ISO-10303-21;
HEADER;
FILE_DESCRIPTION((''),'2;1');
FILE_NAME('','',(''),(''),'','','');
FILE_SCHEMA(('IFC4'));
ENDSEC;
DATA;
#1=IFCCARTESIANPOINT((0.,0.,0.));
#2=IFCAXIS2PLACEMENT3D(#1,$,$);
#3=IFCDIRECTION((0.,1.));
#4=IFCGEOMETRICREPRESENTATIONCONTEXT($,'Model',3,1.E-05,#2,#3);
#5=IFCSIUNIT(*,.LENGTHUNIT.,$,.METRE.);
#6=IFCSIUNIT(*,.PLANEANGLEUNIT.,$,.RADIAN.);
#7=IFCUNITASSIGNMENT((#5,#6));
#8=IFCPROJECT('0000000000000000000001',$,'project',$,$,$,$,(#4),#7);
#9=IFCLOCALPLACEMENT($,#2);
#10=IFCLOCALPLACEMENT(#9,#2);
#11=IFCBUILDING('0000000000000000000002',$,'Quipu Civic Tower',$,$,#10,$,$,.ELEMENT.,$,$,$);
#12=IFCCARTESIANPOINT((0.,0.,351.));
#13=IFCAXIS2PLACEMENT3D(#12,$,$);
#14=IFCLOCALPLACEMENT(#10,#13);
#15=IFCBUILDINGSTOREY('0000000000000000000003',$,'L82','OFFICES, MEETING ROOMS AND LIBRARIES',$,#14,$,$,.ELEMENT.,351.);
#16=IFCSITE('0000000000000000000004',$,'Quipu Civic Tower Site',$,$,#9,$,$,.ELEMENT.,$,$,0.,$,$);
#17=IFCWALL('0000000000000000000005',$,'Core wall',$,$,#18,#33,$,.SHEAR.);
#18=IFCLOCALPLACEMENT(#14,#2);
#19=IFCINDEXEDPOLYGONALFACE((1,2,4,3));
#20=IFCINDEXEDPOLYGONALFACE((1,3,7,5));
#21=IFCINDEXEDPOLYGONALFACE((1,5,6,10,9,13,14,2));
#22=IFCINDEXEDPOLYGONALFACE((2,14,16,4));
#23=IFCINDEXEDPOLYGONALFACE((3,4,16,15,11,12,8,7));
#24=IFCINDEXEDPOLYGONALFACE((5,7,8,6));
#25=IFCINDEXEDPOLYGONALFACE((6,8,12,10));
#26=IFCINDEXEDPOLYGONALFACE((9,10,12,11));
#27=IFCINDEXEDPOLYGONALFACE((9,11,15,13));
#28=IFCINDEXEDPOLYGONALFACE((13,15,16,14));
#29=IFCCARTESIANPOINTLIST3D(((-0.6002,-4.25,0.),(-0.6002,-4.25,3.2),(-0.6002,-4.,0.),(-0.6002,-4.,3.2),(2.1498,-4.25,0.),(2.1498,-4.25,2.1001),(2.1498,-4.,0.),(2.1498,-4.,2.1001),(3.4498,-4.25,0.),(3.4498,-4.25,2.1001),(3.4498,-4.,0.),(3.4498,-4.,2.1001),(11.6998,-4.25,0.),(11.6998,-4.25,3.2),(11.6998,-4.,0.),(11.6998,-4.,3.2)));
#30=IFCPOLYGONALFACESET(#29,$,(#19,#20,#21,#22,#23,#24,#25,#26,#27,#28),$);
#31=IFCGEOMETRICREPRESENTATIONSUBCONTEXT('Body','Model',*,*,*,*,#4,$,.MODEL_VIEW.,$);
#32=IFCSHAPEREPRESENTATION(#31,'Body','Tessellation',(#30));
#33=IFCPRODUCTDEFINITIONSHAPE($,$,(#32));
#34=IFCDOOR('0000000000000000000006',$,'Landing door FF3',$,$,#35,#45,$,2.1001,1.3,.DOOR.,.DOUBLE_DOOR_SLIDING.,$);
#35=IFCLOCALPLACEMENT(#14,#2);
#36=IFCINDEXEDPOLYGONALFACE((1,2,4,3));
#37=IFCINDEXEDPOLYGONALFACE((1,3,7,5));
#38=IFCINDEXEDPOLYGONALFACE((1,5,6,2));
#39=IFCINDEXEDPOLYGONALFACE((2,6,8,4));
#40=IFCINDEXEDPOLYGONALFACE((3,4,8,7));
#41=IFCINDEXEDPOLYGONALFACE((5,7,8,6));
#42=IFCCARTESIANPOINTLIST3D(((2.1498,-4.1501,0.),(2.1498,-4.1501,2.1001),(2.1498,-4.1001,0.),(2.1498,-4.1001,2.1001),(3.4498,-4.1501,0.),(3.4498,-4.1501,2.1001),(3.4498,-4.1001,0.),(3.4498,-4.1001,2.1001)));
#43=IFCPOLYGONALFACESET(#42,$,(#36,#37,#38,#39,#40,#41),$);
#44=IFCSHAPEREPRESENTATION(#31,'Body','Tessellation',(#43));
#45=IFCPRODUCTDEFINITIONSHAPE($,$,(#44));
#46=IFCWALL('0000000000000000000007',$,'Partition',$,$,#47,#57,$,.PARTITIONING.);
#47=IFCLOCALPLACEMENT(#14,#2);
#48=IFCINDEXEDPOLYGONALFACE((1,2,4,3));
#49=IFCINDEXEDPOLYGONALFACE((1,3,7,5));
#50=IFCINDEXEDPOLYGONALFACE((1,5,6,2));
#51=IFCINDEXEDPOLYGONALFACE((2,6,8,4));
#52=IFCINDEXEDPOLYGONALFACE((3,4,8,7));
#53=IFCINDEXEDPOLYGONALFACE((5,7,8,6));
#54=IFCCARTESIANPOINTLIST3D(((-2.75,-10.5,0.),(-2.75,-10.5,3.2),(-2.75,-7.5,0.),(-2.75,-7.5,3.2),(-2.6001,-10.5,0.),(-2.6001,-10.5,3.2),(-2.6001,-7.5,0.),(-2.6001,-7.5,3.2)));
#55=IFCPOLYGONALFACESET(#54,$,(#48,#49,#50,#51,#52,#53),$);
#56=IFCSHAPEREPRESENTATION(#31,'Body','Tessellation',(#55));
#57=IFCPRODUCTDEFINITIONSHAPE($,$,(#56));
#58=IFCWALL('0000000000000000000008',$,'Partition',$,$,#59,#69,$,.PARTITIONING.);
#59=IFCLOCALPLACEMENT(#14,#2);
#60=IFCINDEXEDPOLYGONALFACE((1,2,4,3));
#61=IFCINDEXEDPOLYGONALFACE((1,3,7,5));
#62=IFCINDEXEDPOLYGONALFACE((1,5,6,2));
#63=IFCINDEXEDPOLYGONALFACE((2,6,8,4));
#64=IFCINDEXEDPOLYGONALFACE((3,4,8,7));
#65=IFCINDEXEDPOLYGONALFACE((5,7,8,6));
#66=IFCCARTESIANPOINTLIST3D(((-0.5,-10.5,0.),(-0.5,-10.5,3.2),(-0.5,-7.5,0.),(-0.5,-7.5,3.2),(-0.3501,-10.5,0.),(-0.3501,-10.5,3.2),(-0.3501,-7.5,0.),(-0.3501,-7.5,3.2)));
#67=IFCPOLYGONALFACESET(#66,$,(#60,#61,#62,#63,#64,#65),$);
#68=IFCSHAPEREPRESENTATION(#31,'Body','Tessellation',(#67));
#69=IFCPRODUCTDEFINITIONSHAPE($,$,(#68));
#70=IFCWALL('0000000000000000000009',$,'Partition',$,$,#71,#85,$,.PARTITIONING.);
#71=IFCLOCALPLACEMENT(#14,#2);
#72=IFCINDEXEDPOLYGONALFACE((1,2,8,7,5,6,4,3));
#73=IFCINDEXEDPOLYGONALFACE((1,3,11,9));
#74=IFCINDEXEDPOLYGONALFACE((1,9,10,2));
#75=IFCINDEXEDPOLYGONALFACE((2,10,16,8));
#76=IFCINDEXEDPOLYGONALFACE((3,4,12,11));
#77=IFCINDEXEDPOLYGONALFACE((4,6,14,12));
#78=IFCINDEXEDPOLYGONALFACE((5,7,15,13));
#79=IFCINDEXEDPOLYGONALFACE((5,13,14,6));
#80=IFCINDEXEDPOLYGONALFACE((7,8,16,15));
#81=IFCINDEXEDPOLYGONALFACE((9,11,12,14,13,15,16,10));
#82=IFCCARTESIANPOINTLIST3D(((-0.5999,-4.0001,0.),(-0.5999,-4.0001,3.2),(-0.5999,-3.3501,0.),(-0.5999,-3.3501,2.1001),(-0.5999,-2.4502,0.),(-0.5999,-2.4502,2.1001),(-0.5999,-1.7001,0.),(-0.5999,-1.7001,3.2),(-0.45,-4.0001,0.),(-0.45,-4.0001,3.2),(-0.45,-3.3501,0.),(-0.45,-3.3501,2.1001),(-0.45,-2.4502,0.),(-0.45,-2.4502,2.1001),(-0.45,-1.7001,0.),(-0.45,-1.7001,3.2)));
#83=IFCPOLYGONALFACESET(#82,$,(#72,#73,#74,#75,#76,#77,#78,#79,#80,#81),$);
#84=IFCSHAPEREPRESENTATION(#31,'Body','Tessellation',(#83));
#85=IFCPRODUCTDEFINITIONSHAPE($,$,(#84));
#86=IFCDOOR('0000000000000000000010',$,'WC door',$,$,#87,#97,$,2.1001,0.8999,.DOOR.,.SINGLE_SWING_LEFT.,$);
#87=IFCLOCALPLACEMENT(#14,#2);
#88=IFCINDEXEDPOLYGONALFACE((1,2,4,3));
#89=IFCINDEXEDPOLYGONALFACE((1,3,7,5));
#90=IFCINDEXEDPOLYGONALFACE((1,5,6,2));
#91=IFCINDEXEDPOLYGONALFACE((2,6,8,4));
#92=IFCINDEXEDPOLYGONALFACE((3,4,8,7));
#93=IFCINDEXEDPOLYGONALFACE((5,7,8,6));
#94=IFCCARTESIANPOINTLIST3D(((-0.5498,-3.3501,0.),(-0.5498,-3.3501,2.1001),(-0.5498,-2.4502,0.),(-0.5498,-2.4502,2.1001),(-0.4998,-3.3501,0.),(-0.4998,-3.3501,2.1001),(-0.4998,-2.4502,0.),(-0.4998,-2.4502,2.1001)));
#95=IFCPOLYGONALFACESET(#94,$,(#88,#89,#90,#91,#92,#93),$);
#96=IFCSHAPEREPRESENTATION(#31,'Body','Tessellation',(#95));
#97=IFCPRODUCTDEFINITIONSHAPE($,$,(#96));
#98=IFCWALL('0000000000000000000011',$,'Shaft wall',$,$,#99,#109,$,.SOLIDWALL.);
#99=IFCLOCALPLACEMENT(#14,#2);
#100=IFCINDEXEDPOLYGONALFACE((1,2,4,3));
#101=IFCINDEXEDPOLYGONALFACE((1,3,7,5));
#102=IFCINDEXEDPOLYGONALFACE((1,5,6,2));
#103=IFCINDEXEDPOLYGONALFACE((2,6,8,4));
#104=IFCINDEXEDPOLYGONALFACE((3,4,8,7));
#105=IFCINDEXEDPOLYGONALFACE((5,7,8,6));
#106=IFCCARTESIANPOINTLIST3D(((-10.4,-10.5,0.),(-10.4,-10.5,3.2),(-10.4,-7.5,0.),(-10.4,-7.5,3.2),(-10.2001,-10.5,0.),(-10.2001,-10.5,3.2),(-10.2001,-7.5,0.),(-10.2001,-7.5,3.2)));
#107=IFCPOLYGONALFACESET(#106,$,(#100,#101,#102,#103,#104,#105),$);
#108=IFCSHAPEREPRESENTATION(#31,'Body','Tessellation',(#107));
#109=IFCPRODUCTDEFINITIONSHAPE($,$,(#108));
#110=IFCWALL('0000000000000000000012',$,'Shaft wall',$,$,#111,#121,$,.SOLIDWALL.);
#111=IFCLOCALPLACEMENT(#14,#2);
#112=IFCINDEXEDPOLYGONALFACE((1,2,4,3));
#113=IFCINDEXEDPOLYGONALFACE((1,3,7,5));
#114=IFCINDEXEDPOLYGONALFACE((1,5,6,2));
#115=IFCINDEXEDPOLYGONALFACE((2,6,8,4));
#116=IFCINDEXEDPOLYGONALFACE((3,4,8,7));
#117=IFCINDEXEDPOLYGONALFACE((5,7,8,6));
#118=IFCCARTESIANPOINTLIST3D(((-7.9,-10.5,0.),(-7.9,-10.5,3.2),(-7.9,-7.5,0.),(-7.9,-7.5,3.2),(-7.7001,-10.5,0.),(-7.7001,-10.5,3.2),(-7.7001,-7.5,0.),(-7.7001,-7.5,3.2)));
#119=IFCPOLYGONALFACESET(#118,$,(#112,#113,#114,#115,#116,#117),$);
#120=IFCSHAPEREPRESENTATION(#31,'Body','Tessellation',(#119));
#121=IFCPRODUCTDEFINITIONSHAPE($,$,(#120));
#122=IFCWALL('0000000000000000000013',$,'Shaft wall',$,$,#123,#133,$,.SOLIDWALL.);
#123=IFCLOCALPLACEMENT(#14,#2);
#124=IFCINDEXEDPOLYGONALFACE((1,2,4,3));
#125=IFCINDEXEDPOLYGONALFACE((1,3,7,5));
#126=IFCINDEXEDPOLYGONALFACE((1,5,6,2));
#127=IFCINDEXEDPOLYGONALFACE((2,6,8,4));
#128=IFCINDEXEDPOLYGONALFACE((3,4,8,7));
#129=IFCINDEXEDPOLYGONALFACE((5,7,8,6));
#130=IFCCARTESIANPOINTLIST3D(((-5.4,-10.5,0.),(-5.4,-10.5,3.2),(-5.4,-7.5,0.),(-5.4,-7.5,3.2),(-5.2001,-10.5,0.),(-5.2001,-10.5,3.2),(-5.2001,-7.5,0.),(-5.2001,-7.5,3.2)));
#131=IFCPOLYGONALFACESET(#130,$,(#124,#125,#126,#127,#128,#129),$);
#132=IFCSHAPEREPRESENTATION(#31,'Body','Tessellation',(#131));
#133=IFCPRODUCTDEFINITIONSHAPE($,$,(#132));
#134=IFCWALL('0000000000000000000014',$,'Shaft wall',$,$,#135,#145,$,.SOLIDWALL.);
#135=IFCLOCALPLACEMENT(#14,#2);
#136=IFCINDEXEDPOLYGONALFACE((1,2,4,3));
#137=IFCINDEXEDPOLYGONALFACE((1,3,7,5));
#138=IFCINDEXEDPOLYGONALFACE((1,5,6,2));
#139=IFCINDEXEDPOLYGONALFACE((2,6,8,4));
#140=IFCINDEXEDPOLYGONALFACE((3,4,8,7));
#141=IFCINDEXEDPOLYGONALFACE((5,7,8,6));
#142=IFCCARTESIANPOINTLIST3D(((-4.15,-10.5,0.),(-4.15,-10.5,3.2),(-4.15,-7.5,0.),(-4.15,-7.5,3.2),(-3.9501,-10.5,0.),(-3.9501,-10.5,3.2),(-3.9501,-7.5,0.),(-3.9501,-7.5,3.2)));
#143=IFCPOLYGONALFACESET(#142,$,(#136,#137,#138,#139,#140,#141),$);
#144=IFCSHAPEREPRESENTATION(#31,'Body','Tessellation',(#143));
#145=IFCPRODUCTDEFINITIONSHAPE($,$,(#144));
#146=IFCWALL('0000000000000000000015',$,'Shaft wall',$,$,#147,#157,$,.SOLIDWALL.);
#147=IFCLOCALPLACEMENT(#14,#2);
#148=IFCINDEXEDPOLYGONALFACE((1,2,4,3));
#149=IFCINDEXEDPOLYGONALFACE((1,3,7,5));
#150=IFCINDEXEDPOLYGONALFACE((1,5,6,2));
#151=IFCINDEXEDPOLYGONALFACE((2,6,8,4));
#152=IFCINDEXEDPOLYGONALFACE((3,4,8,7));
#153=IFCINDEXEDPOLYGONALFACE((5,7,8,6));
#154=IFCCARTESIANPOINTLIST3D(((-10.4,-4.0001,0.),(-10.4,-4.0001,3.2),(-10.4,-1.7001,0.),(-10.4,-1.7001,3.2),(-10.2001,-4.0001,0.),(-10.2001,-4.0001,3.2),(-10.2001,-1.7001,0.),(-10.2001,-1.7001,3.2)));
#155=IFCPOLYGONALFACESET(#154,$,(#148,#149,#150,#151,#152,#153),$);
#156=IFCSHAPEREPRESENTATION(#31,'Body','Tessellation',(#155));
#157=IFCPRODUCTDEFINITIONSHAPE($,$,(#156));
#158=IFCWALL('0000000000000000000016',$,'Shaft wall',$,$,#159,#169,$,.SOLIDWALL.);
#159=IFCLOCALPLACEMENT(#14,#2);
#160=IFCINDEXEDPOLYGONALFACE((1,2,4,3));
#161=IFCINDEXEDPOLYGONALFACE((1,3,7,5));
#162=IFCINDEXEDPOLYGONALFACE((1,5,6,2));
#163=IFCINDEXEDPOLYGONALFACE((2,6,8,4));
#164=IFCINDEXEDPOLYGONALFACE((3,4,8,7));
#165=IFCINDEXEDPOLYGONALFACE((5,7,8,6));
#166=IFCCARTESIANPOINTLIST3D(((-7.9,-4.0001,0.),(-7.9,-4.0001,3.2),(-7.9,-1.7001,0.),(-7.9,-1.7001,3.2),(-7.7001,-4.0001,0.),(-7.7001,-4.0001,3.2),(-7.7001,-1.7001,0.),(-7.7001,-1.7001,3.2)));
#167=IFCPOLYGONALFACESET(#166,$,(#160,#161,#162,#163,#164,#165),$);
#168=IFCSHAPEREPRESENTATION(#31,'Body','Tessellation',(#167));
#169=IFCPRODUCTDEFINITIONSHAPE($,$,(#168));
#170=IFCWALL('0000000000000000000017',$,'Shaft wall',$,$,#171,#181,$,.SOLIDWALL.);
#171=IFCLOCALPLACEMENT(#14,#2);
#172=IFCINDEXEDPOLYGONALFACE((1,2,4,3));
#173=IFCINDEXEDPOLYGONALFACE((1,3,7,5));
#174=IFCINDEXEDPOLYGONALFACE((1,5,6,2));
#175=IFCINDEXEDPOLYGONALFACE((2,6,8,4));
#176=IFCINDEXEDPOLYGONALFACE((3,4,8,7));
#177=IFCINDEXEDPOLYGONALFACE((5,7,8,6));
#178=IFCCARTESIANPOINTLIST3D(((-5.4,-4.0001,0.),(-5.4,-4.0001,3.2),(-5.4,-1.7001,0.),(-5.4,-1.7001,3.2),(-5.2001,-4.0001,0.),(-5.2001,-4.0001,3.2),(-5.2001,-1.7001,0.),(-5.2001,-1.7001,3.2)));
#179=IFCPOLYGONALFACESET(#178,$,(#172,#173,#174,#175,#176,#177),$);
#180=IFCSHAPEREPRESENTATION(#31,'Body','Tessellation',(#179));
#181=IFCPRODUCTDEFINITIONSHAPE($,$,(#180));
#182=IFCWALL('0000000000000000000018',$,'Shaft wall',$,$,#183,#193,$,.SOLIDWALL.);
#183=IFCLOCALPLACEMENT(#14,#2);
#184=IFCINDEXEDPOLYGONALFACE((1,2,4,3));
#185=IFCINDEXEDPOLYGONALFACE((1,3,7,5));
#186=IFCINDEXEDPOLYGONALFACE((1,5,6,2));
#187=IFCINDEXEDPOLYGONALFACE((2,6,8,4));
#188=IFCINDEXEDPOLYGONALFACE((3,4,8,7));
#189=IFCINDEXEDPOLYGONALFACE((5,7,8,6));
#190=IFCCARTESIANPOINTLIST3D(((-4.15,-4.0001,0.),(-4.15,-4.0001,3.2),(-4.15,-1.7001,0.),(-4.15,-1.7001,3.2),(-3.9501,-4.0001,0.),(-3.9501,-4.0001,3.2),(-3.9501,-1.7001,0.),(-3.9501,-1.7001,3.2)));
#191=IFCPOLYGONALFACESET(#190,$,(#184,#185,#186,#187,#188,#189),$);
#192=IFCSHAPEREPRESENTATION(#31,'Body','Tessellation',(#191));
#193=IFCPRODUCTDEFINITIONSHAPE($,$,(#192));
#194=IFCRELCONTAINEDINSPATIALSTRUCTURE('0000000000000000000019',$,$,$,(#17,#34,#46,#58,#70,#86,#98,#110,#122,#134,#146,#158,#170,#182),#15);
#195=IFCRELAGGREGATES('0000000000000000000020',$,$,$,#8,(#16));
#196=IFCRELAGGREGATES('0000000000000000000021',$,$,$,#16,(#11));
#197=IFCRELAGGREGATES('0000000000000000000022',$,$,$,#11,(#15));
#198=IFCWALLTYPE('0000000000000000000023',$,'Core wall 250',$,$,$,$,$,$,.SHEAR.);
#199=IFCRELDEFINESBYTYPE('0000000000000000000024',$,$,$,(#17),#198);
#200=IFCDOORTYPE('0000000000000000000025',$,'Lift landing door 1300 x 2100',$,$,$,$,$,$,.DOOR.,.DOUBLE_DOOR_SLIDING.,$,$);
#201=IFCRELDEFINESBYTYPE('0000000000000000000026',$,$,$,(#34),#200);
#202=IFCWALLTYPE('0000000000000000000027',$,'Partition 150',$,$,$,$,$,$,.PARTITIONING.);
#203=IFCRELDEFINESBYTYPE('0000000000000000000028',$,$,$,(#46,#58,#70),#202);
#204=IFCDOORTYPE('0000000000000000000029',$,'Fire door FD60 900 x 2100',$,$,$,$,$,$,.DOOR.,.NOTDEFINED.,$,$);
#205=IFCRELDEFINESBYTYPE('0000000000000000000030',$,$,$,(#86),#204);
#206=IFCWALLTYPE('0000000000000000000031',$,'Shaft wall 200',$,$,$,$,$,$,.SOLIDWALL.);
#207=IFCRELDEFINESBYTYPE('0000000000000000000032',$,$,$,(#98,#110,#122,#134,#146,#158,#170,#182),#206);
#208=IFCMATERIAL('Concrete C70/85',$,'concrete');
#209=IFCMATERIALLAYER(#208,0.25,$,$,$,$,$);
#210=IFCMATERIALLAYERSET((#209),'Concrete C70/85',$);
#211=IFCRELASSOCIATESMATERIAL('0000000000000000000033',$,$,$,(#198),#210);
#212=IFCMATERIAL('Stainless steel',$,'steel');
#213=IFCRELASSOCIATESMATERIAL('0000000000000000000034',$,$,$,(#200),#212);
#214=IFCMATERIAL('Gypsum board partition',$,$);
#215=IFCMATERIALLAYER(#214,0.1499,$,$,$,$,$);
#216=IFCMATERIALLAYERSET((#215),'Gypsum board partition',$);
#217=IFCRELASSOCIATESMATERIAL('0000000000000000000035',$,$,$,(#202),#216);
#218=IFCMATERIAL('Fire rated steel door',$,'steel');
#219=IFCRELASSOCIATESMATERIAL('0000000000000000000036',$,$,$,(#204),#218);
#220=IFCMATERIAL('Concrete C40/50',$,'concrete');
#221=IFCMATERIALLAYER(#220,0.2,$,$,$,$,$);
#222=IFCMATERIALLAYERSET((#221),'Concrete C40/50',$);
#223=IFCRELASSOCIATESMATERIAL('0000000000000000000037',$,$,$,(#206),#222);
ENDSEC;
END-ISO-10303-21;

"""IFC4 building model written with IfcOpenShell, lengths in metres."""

from ifc_helpers import new_model, si_unit, direction, frame, frame_2d, origin, place, context, subcontext, project, spatial, rectangle, extrude, material, layer, layer_set, type_object, element, fill, save


model = new_model("IFC4")

# Units and contexts
model_context = context("Model", 3, precision=1e-05, world=origin(), true_north=direction((0.0, 1.0)))
body_context = subcontext(model_context, "Body", "Model", "MODEL_VIEW")
ifc_project = project(units=[si_unit("LENGTHUNIT", "METRE"), si_unit("PLANEANGLEUNIT", "RADIAN")], contexts=[model_context])

# Site, building, storey
site_placement = place(None, origin())
site = spatial("IfcSite", under=ifc_project, at=site_placement, Name="Quipu Civic Tower Site", CompositionType="ELEMENT", RefElevation=0.0)
building_placement = place(site_placement, origin())
building = spatial("IfcBuilding", under=site, at=building_placement, Name="Quipu Civic Tower", CompositionType="ELEMENT")
storey_placement = place(building_placement, frame((0.0, 0.0, 351.0)))
storey = spatial("IfcBuildingStorey", under=building, at=storey_placement, Name="L82", Description="OFFICES, MEETING ROOMS AND LIBRARIES", CompositionType="ELEMENT", Elevation=351.0)

# Wall, opening, door
ifc_material_1 = material(Name="Concrete C70/85", Category="concrete")
ifc_layer_1 = layer(ifc_material_1, 0.25)
ifc_layer_set_1 = layer_set([ifc_layer_1], Name="Concrete C70/85")
wall_type_1 = type_object("IfcWallType", Name="Core wall 250", PredefinedType="SHEAR", material=ifc_layer_set_1)
wall_1_placement = place(storey_placement, frame((-0.6001, -4.125, 0.0), z_axis=(0.0, 0.0, 1.0), x_axis=(1.0, 0.0, 0.0)))
wall_1 = element("IfcWall", 1, at=wall_1_placement, inside=storey, type_object=wall_type_1, Name="Core wall", PredefinedType="SHEAR", context=body_context, shape_type="SweptSolid", body=[
    extrude(rectangle(XDim=12.3, YDim=0.25, at=frame_2d((6.1499, 0.0))), origin(), (0.0, 0.0, 1.0), 3.2),
])
opening_1_placement = place(wall_1_placement, frame((2.75, 0.0, 0.0)))
opening_1 = element("IfcOpeningElement", 2, at=opening_1_placement, cuts=wall_1, PredefinedType="OPENING", context=body_context, shape_type="SweptSolid", body=[
    extrude(rectangle(XDim=1.3, YDim=2.1001, at=frame_2d((0.6499, 1.05))), frame((0.0, 0.135, 0.0), z_axis=(0.0, -1.0, 0.0), x_axis=(1.0, 0.0, 0.0)), (0.0, 0.0, 1.0), 0.27),
])
ifc_material_2 = material(Name="Stainless steel", Category="steel")
door_type_1 = type_object("IfcDoorType", Name="Lift landing door 1300 x 2100", OperationType="DOUBLE_DOOR_SLIDING", PredefinedType="DOOR", material=ifc_material_2)
door_1_placement = place(opening_1_placement, origin())
door_1 = element("IfcDoor", 3, at=door_1_placement, inside=storey, type_object=door_type_1, Name="Landing door FF3", OperationType="DOUBLE_DOOR_SLIDING", OverallHeight=2.1001, OverallWidth=1.3, PredefinedType="DOOR", context=body_context, shape_type="SweptSolid", body=[
    extrude(rectangle(XDim=1.3, YDim=2.1001, at=frame_2d((0.6499, 1.05))), frame((0.0, 0.0249, 0.0), z_axis=(0.0, -1.0, 0.0), x_axis=(1.0, 0.0, 0.0)), (0.0, 0.0, 1.0), 0.05),
])
fill(opening_1, door_1)

# Walls
ifc_material_3 = material(Name="Gypsum board partition")
ifc_layer_2 = layer(ifc_material_3, 0.1499)
ifc_layer_set_2 = layer_set([ifc_layer_2], Name="Gypsum board partition")
wall_type_2 = type_object("IfcWallType", Name="Partition 150", PredefinedType="PARTITIONING", material=ifc_layer_set_2)
for number, where, z_axis, x_axis, name in (
    (4, (-2.675, -10.5, 0.0), (0.0, 0.0, 1.0), (0.0, 1.0, 0.0), "Partition"),
    (5, (-0.425, -10.5, 0.0), (0.0, 0.0, 1.0), (0.0, 1.0, 0.0), "Partition"),
):
    element("IfcWall", number, at=place(storey_placement, frame(where, z_axis=z_axis, x_axis=x_axis)), inside=storey, type_object=wall_type_2, Name=name, PredefinedType="PARTITIONING", context=body_context, shape_type="SweptSolid", body=[
        extrude(rectangle(XDim=3.0, YDim=0.1499, at=frame_2d((1.5, 0.0))), origin(), (0.0, 0.0, 1.0), 3.2),
    ])

# Wall, opening, door
wall_2_placement = place(storey_placement, frame((-0.5249, -4.0, 0.0), z_axis=(0.0, 0.0, 1.0), x_axis=(0.0, 1.0, 0.0)))
wall_2 = element("IfcWall", 6, at=wall_2_placement, inside=storey, type_object=wall_type_2, Name="Partition", PredefinedType="PARTITIONING", context=body_context, shape_type="SweptSolid", body=[
    extrude(rectangle(XDim=2.3, YDim=0.1499, at=frame_2d((1.1499, 0.0))), origin(), (0.0, 0.0, 1.0), 3.2),
])
opening_2_placement = place(wall_2_placement, frame((0.6499, 0.0, 0.0)))
opening_2 = element("IfcOpeningElement", 7, at=opening_2_placement, cuts=wall_2, PredefinedType="OPENING", context=body_context, shape_type="SweptSolid", body=[
    extrude(rectangle(XDim=0.8999, YDim=2.1001, at=frame_2d((0.45, 1.05))), frame((0.0, 0.085, 0.0), z_axis=(0.0, -1.0, 0.0), x_axis=(1.0, 0.0, 0.0)), (0.0, 0.0, 1.0), 0.1699),
])
ifc_material_4 = material(Name="Fire rated steel door", Category="steel")
door_type_2 = type_object("IfcDoorType", Name="Fire door FD60 900 x 2100", OperationType="NOTDEFINED", PredefinedType="DOOR", material=ifc_material_4)
door_2_placement = place(opening_2_placement, origin())
door_2 = element("IfcDoor", 8, at=door_2_placement, inside=storey, type_object=door_type_2, Name="WC door", OperationType="SINGLE_SWING_LEFT", OverallHeight=2.1001, OverallWidth=0.8999, PredefinedType="DOOR", context=body_context, shape_type="SweptSolid", body=[
    extrude(rectangle(XDim=0.8999, YDim=2.1001, at=frame_2d((0.45, 1.05))), frame((0.0, 0.0249, 0.0), z_axis=(0.0, -1.0, 0.0), x_axis=(1.0, 0.0, 0.0)), (0.0, 0.0, 1.0), 0.05),
])
fill(opening_2, door_2)

# Walls
ifc_material_5 = material(Name="Concrete C40/50", Category="concrete")
ifc_layer_3 = layer(ifc_material_5, 0.2)
ifc_layer_set_3 = layer_set([ifc_layer_3], Name="Concrete C40/50")
wall_type_3 = type_object("IfcWallType", Name="Shaft wall 200", PredefinedType="SOLIDWALL", material=ifc_layer_set_3)
for number, where, z_axis, x_axis, name in (
    (9, (-10.3, -10.5, 0.0), (0.0, 0.0, 1.0), (0.0, 1.0, 0.0), "Shaft wall"),
    (10, (-7.8, -10.5, 0.0), (0.0, 0.0, 1.0), (0.0, 1.0, 0.0), "Shaft wall"),
    (11, (-5.3, -10.5, 0.0), (0.0, 0.0, 1.0), (0.0, 1.0, 0.0), "Shaft wall"),
    (12, (-4.05, -10.5, 0.0), (0.0, 0.0, 1.0), (0.0, 1.0, 0.0), "Shaft wall"),
):
    element("IfcWall", number, at=place(storey_placement, frame(where, z_axis=z_axis, x_axis=x_axis)), inside=storey, type_object=wall_type_3, Name=name, PredefinedType="SOLIDWALL", context=body_context, shape_type="SweptSolid", body=[
        extrude(rectangle(XDim=3.0, YDim=0.2, at=frame_2d((1.5, 0.0))), origin(), (0.0, 0.0, 1.0), 3.2),
    ])
for number, where, z_axis, x_axis, name in (
    (13, (-10.3, -4.0, 0.0), (0.0, 0.0, 1.0), (0.0, 1.0, 0.0), "Shaft wall"),
    (14, (-7.8, -4.0, 0.0), (0.0, 0.0, 1.0), (0.0, 1.0, 0.0), "Shaft wall"),
    (15, (-5.3, -4.0, 0.0), (0.0, 0.0, 1.0), (0.0, 1.0, 0.0), "Shaft wall"),
    (16, (-4.05, -4.0, 0.0), (0.0, 0.0, 1.0), (0.0, 1.0, 0.0), "Shaft wall"),
):
    element("IfcWall", number, at=place(storey_placement, frame(where, z_axis=z_axis, x_axis=x_axis)), inside=storey, type_object=wall_type_3, Name=name, PredefinedType="SOLIDWALL", context=body_context, shape_type="SweptSolid", body=[
        extrude(rectangle(XDim=2.3, YDim=0.2, at=frame_2d((1.1499, 0.0))), origin(), (0.0, 0.0, 1.0), 3.2),
    ])

save(model, "model.ifc")
